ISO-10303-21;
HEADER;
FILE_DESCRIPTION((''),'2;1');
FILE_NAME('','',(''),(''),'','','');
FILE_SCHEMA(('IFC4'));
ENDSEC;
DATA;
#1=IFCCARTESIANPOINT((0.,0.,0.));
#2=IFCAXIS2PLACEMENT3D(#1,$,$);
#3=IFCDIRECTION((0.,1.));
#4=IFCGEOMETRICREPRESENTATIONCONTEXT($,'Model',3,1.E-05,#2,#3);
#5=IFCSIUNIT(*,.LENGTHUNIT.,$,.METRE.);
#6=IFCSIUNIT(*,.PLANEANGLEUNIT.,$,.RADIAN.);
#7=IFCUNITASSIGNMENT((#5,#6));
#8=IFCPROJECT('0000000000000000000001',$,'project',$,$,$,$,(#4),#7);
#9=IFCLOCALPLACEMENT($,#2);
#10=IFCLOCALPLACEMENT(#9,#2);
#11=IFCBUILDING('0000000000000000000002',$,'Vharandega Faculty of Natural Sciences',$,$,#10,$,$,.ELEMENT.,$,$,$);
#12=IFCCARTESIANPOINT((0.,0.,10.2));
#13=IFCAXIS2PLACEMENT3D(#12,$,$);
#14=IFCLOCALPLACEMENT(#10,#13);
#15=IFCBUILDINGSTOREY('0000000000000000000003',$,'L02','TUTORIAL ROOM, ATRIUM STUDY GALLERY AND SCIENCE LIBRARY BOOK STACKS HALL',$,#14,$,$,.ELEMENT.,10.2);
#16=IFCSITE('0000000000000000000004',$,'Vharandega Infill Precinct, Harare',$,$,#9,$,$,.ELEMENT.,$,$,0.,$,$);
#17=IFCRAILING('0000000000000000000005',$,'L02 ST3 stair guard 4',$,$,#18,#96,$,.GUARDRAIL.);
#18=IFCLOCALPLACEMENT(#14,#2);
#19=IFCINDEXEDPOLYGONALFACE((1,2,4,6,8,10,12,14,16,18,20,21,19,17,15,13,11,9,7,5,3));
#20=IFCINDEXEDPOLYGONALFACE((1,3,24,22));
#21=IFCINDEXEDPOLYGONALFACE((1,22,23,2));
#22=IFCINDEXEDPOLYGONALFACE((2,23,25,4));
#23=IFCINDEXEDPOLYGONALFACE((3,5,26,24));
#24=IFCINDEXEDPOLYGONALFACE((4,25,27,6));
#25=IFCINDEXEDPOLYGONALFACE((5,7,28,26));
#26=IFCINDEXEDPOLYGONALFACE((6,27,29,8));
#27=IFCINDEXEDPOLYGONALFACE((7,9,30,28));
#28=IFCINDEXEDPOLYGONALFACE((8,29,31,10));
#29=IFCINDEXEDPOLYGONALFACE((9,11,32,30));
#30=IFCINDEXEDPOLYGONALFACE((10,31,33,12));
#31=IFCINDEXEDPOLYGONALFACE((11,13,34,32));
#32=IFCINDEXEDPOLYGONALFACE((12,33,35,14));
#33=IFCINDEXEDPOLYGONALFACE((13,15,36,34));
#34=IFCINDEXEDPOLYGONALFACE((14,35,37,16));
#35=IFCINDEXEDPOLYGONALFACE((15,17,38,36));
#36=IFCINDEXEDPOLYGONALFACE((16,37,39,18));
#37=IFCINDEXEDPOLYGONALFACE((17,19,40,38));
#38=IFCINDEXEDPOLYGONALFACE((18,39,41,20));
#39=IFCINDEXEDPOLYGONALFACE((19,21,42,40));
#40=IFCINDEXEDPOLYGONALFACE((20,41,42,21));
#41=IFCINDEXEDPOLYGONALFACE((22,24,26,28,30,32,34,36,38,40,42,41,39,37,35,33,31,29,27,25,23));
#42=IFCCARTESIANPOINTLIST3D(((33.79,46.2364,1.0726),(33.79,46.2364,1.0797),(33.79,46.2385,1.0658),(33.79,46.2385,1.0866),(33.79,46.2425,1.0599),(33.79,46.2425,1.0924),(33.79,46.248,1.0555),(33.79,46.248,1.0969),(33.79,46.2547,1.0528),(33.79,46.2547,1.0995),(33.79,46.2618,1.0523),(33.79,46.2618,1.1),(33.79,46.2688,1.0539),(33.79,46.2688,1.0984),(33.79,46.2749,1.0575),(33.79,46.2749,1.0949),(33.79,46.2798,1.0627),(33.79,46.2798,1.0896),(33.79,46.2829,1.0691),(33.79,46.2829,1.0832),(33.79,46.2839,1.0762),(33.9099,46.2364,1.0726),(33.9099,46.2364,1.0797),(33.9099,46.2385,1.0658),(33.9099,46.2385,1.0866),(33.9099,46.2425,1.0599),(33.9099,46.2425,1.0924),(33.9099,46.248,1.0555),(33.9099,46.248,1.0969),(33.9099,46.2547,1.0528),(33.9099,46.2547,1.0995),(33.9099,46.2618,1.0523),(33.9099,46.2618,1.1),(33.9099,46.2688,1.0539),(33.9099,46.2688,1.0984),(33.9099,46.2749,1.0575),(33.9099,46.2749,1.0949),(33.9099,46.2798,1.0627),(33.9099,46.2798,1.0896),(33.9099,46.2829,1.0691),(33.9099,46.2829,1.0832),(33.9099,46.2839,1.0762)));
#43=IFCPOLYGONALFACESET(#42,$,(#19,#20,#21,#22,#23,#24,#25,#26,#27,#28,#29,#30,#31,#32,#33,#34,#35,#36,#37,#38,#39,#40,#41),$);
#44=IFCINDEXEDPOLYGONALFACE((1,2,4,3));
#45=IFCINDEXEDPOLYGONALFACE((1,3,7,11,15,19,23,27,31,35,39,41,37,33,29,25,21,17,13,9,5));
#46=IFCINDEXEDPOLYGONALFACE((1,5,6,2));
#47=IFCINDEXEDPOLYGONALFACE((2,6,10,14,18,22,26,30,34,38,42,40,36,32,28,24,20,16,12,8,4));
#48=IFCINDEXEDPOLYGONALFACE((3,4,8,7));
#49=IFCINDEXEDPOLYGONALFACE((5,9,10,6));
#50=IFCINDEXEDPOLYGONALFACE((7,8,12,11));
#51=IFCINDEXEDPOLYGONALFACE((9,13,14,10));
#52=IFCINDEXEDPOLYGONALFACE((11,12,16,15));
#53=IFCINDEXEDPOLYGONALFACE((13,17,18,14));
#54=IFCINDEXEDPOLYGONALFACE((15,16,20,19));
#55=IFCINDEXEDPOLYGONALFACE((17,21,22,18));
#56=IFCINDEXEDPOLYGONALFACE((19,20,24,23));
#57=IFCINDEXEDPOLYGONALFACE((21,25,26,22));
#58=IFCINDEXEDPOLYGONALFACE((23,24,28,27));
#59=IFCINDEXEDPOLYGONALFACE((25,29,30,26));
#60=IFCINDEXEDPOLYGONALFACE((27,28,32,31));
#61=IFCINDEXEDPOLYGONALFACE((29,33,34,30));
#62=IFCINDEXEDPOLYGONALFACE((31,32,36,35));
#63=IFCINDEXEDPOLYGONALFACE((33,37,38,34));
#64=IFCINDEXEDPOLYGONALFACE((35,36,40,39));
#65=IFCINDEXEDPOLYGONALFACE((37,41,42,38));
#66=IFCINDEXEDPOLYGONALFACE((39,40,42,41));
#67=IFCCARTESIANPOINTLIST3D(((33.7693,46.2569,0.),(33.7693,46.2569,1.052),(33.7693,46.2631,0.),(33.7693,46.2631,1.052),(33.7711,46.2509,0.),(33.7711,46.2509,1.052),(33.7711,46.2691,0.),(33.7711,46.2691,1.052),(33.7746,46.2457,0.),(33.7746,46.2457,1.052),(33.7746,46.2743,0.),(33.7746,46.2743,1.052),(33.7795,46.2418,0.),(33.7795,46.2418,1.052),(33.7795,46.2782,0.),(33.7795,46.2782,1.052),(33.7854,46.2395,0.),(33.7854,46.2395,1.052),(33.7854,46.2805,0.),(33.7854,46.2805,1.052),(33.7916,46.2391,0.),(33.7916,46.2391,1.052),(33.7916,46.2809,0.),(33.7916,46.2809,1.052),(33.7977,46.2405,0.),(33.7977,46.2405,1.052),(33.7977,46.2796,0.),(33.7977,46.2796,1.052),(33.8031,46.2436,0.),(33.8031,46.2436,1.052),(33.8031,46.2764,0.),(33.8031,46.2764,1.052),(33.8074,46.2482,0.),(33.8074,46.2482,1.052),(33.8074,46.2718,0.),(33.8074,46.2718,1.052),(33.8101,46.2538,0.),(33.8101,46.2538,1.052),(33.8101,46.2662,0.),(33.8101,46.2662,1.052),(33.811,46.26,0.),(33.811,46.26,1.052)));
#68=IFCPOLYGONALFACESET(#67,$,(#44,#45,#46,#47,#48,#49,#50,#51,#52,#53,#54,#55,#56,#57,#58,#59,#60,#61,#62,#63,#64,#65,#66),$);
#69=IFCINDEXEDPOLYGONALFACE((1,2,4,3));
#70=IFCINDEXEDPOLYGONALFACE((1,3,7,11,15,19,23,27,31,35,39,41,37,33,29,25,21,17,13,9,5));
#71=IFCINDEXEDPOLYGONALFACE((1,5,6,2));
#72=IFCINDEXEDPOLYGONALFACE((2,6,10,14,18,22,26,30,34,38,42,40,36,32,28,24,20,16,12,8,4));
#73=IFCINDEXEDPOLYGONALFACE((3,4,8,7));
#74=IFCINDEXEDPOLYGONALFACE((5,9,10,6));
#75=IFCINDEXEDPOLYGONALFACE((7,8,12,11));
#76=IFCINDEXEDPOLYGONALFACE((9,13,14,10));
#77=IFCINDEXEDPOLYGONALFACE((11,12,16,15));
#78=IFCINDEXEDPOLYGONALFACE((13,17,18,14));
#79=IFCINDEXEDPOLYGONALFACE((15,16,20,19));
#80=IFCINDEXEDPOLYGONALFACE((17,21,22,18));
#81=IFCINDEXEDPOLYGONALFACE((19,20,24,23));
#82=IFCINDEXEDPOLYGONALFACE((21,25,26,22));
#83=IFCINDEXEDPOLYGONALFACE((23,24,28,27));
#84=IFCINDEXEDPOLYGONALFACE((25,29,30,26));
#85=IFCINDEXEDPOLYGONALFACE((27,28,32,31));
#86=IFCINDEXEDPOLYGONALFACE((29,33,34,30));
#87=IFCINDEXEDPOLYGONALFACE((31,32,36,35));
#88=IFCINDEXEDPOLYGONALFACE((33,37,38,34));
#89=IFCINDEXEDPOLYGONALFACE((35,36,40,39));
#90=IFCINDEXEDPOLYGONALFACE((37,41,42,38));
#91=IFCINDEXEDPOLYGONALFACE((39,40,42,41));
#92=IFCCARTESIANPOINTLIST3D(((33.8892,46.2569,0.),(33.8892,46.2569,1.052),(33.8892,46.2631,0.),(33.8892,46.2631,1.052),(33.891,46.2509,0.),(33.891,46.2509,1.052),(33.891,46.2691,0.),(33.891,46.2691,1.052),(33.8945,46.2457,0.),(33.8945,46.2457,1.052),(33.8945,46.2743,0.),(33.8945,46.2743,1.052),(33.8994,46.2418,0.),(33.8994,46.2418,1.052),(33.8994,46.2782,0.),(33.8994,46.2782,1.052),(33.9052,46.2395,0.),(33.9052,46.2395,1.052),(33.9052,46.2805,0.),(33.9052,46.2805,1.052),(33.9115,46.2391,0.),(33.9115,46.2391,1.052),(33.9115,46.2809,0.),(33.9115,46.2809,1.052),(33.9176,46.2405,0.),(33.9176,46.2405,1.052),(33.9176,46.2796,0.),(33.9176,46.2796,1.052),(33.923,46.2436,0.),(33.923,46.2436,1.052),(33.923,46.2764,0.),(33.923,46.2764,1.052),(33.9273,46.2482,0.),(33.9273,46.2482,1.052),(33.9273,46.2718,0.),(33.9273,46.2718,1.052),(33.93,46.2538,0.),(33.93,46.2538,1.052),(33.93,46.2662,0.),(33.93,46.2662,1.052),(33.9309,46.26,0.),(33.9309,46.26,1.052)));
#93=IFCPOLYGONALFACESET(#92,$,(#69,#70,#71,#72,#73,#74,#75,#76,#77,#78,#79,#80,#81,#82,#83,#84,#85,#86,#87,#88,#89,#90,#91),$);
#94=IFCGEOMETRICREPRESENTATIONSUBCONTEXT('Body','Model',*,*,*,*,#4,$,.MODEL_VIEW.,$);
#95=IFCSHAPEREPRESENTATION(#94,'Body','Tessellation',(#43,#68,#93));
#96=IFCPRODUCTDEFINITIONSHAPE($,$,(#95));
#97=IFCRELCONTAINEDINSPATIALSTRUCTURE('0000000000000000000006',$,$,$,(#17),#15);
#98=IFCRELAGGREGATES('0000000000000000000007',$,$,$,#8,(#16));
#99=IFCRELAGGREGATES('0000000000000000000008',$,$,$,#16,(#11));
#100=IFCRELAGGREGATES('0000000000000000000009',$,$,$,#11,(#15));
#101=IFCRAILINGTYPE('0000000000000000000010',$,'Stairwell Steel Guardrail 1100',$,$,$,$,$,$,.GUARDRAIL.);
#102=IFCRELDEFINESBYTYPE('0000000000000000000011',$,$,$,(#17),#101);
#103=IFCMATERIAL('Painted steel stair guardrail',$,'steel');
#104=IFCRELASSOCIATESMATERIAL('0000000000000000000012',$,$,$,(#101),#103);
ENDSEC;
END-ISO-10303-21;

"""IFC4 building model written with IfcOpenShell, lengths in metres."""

from ifc_helpers import new_model, si_unit, direction, frame, origin, origin_2d, place, context, subcontext, project, spatial, circle, extrude, material, type_object, element, save


model = new_model("IFC4")

# Units and contexts
model_context = context("Model", 3, precision=1e-05, world=origin(), true_north=direction((0.0, 1.0)))
body_context = subcontext(model_context, "Body", "Model", "MODEL_VIEW")
ifc_project = project(units=[si_unit("LENGTHUNIT", "METRE"), si_unit("PLANEANGLEUNIT", "RADIAN")], contexts=[model_context])

# Site, building, storey
site_placement = place(None, origin())
site = spatial("IfcSite", under=ifc_project, at=site_placement, Name="Vharandega Infill Precinct, Harare", CompositionType="ELEMENT", RefElevation=0.0)
building_placement = place(site_placement, origin())
building = spatial("IfcBuilding", under=site, at=building_placement, Name="Vharandega Faculty of Natural Sciences", CompositionType="ELEMENT")
storey_placement = place(building_placement, frame((0.0, 0.0, 10.2)))
storey = spatial("IfcBuildingStorey", under=building, at=storey_placement, Name="L02", Description="TUTORIAL ROOM, ATRIUM STUDY GALLERY AND SCIENCE LIBRARY BOOK STACKS HALL", CompositionType="ELEMENT", Elevation=10.2)

# Railing
ifc_material_1 = material(Name="Painted steel stair guardrail", Category="steel")
railing_type_1 = type_object("IfcRailingType", Name="Stairwell Steel Guardrail 1100", PredefinedType="GUARDRAIL", material=ifc_material_1)
railing_1_placement = place(storey_placement, frame((33.79, 46.26, 0.0)))
element("IfcRailing", 1, at=railing_1_placement, inside=storey, type_object=railing_type_1, Name="L02 ST3 stair guard 4", PredefinedType="GUARDRAIL", context=body_context, shape_type="SweptSolid", body=[
    extrude(circle(Radius=0.0239, at=origin_2d()), frame((0.0, 0.0, 1.0762), z_axis=(1.0, 0.0, 0.0), x_axis=(0.0, 1.0, 0.0)), (0.0, 0.0, 1.0), 0.1199),
    extrude(circle(Radius=0.021, at=origin_2d()), origin(), (0.0, 0.0, 1.0), 1.052),
    extrude(circle(Radius=0.021, at=origin_2d()), frame((0.1199, 0.0, 0.0)), (0.0, 0.0, 1.0), 1.052),
])

save(model, "model.ifc")
